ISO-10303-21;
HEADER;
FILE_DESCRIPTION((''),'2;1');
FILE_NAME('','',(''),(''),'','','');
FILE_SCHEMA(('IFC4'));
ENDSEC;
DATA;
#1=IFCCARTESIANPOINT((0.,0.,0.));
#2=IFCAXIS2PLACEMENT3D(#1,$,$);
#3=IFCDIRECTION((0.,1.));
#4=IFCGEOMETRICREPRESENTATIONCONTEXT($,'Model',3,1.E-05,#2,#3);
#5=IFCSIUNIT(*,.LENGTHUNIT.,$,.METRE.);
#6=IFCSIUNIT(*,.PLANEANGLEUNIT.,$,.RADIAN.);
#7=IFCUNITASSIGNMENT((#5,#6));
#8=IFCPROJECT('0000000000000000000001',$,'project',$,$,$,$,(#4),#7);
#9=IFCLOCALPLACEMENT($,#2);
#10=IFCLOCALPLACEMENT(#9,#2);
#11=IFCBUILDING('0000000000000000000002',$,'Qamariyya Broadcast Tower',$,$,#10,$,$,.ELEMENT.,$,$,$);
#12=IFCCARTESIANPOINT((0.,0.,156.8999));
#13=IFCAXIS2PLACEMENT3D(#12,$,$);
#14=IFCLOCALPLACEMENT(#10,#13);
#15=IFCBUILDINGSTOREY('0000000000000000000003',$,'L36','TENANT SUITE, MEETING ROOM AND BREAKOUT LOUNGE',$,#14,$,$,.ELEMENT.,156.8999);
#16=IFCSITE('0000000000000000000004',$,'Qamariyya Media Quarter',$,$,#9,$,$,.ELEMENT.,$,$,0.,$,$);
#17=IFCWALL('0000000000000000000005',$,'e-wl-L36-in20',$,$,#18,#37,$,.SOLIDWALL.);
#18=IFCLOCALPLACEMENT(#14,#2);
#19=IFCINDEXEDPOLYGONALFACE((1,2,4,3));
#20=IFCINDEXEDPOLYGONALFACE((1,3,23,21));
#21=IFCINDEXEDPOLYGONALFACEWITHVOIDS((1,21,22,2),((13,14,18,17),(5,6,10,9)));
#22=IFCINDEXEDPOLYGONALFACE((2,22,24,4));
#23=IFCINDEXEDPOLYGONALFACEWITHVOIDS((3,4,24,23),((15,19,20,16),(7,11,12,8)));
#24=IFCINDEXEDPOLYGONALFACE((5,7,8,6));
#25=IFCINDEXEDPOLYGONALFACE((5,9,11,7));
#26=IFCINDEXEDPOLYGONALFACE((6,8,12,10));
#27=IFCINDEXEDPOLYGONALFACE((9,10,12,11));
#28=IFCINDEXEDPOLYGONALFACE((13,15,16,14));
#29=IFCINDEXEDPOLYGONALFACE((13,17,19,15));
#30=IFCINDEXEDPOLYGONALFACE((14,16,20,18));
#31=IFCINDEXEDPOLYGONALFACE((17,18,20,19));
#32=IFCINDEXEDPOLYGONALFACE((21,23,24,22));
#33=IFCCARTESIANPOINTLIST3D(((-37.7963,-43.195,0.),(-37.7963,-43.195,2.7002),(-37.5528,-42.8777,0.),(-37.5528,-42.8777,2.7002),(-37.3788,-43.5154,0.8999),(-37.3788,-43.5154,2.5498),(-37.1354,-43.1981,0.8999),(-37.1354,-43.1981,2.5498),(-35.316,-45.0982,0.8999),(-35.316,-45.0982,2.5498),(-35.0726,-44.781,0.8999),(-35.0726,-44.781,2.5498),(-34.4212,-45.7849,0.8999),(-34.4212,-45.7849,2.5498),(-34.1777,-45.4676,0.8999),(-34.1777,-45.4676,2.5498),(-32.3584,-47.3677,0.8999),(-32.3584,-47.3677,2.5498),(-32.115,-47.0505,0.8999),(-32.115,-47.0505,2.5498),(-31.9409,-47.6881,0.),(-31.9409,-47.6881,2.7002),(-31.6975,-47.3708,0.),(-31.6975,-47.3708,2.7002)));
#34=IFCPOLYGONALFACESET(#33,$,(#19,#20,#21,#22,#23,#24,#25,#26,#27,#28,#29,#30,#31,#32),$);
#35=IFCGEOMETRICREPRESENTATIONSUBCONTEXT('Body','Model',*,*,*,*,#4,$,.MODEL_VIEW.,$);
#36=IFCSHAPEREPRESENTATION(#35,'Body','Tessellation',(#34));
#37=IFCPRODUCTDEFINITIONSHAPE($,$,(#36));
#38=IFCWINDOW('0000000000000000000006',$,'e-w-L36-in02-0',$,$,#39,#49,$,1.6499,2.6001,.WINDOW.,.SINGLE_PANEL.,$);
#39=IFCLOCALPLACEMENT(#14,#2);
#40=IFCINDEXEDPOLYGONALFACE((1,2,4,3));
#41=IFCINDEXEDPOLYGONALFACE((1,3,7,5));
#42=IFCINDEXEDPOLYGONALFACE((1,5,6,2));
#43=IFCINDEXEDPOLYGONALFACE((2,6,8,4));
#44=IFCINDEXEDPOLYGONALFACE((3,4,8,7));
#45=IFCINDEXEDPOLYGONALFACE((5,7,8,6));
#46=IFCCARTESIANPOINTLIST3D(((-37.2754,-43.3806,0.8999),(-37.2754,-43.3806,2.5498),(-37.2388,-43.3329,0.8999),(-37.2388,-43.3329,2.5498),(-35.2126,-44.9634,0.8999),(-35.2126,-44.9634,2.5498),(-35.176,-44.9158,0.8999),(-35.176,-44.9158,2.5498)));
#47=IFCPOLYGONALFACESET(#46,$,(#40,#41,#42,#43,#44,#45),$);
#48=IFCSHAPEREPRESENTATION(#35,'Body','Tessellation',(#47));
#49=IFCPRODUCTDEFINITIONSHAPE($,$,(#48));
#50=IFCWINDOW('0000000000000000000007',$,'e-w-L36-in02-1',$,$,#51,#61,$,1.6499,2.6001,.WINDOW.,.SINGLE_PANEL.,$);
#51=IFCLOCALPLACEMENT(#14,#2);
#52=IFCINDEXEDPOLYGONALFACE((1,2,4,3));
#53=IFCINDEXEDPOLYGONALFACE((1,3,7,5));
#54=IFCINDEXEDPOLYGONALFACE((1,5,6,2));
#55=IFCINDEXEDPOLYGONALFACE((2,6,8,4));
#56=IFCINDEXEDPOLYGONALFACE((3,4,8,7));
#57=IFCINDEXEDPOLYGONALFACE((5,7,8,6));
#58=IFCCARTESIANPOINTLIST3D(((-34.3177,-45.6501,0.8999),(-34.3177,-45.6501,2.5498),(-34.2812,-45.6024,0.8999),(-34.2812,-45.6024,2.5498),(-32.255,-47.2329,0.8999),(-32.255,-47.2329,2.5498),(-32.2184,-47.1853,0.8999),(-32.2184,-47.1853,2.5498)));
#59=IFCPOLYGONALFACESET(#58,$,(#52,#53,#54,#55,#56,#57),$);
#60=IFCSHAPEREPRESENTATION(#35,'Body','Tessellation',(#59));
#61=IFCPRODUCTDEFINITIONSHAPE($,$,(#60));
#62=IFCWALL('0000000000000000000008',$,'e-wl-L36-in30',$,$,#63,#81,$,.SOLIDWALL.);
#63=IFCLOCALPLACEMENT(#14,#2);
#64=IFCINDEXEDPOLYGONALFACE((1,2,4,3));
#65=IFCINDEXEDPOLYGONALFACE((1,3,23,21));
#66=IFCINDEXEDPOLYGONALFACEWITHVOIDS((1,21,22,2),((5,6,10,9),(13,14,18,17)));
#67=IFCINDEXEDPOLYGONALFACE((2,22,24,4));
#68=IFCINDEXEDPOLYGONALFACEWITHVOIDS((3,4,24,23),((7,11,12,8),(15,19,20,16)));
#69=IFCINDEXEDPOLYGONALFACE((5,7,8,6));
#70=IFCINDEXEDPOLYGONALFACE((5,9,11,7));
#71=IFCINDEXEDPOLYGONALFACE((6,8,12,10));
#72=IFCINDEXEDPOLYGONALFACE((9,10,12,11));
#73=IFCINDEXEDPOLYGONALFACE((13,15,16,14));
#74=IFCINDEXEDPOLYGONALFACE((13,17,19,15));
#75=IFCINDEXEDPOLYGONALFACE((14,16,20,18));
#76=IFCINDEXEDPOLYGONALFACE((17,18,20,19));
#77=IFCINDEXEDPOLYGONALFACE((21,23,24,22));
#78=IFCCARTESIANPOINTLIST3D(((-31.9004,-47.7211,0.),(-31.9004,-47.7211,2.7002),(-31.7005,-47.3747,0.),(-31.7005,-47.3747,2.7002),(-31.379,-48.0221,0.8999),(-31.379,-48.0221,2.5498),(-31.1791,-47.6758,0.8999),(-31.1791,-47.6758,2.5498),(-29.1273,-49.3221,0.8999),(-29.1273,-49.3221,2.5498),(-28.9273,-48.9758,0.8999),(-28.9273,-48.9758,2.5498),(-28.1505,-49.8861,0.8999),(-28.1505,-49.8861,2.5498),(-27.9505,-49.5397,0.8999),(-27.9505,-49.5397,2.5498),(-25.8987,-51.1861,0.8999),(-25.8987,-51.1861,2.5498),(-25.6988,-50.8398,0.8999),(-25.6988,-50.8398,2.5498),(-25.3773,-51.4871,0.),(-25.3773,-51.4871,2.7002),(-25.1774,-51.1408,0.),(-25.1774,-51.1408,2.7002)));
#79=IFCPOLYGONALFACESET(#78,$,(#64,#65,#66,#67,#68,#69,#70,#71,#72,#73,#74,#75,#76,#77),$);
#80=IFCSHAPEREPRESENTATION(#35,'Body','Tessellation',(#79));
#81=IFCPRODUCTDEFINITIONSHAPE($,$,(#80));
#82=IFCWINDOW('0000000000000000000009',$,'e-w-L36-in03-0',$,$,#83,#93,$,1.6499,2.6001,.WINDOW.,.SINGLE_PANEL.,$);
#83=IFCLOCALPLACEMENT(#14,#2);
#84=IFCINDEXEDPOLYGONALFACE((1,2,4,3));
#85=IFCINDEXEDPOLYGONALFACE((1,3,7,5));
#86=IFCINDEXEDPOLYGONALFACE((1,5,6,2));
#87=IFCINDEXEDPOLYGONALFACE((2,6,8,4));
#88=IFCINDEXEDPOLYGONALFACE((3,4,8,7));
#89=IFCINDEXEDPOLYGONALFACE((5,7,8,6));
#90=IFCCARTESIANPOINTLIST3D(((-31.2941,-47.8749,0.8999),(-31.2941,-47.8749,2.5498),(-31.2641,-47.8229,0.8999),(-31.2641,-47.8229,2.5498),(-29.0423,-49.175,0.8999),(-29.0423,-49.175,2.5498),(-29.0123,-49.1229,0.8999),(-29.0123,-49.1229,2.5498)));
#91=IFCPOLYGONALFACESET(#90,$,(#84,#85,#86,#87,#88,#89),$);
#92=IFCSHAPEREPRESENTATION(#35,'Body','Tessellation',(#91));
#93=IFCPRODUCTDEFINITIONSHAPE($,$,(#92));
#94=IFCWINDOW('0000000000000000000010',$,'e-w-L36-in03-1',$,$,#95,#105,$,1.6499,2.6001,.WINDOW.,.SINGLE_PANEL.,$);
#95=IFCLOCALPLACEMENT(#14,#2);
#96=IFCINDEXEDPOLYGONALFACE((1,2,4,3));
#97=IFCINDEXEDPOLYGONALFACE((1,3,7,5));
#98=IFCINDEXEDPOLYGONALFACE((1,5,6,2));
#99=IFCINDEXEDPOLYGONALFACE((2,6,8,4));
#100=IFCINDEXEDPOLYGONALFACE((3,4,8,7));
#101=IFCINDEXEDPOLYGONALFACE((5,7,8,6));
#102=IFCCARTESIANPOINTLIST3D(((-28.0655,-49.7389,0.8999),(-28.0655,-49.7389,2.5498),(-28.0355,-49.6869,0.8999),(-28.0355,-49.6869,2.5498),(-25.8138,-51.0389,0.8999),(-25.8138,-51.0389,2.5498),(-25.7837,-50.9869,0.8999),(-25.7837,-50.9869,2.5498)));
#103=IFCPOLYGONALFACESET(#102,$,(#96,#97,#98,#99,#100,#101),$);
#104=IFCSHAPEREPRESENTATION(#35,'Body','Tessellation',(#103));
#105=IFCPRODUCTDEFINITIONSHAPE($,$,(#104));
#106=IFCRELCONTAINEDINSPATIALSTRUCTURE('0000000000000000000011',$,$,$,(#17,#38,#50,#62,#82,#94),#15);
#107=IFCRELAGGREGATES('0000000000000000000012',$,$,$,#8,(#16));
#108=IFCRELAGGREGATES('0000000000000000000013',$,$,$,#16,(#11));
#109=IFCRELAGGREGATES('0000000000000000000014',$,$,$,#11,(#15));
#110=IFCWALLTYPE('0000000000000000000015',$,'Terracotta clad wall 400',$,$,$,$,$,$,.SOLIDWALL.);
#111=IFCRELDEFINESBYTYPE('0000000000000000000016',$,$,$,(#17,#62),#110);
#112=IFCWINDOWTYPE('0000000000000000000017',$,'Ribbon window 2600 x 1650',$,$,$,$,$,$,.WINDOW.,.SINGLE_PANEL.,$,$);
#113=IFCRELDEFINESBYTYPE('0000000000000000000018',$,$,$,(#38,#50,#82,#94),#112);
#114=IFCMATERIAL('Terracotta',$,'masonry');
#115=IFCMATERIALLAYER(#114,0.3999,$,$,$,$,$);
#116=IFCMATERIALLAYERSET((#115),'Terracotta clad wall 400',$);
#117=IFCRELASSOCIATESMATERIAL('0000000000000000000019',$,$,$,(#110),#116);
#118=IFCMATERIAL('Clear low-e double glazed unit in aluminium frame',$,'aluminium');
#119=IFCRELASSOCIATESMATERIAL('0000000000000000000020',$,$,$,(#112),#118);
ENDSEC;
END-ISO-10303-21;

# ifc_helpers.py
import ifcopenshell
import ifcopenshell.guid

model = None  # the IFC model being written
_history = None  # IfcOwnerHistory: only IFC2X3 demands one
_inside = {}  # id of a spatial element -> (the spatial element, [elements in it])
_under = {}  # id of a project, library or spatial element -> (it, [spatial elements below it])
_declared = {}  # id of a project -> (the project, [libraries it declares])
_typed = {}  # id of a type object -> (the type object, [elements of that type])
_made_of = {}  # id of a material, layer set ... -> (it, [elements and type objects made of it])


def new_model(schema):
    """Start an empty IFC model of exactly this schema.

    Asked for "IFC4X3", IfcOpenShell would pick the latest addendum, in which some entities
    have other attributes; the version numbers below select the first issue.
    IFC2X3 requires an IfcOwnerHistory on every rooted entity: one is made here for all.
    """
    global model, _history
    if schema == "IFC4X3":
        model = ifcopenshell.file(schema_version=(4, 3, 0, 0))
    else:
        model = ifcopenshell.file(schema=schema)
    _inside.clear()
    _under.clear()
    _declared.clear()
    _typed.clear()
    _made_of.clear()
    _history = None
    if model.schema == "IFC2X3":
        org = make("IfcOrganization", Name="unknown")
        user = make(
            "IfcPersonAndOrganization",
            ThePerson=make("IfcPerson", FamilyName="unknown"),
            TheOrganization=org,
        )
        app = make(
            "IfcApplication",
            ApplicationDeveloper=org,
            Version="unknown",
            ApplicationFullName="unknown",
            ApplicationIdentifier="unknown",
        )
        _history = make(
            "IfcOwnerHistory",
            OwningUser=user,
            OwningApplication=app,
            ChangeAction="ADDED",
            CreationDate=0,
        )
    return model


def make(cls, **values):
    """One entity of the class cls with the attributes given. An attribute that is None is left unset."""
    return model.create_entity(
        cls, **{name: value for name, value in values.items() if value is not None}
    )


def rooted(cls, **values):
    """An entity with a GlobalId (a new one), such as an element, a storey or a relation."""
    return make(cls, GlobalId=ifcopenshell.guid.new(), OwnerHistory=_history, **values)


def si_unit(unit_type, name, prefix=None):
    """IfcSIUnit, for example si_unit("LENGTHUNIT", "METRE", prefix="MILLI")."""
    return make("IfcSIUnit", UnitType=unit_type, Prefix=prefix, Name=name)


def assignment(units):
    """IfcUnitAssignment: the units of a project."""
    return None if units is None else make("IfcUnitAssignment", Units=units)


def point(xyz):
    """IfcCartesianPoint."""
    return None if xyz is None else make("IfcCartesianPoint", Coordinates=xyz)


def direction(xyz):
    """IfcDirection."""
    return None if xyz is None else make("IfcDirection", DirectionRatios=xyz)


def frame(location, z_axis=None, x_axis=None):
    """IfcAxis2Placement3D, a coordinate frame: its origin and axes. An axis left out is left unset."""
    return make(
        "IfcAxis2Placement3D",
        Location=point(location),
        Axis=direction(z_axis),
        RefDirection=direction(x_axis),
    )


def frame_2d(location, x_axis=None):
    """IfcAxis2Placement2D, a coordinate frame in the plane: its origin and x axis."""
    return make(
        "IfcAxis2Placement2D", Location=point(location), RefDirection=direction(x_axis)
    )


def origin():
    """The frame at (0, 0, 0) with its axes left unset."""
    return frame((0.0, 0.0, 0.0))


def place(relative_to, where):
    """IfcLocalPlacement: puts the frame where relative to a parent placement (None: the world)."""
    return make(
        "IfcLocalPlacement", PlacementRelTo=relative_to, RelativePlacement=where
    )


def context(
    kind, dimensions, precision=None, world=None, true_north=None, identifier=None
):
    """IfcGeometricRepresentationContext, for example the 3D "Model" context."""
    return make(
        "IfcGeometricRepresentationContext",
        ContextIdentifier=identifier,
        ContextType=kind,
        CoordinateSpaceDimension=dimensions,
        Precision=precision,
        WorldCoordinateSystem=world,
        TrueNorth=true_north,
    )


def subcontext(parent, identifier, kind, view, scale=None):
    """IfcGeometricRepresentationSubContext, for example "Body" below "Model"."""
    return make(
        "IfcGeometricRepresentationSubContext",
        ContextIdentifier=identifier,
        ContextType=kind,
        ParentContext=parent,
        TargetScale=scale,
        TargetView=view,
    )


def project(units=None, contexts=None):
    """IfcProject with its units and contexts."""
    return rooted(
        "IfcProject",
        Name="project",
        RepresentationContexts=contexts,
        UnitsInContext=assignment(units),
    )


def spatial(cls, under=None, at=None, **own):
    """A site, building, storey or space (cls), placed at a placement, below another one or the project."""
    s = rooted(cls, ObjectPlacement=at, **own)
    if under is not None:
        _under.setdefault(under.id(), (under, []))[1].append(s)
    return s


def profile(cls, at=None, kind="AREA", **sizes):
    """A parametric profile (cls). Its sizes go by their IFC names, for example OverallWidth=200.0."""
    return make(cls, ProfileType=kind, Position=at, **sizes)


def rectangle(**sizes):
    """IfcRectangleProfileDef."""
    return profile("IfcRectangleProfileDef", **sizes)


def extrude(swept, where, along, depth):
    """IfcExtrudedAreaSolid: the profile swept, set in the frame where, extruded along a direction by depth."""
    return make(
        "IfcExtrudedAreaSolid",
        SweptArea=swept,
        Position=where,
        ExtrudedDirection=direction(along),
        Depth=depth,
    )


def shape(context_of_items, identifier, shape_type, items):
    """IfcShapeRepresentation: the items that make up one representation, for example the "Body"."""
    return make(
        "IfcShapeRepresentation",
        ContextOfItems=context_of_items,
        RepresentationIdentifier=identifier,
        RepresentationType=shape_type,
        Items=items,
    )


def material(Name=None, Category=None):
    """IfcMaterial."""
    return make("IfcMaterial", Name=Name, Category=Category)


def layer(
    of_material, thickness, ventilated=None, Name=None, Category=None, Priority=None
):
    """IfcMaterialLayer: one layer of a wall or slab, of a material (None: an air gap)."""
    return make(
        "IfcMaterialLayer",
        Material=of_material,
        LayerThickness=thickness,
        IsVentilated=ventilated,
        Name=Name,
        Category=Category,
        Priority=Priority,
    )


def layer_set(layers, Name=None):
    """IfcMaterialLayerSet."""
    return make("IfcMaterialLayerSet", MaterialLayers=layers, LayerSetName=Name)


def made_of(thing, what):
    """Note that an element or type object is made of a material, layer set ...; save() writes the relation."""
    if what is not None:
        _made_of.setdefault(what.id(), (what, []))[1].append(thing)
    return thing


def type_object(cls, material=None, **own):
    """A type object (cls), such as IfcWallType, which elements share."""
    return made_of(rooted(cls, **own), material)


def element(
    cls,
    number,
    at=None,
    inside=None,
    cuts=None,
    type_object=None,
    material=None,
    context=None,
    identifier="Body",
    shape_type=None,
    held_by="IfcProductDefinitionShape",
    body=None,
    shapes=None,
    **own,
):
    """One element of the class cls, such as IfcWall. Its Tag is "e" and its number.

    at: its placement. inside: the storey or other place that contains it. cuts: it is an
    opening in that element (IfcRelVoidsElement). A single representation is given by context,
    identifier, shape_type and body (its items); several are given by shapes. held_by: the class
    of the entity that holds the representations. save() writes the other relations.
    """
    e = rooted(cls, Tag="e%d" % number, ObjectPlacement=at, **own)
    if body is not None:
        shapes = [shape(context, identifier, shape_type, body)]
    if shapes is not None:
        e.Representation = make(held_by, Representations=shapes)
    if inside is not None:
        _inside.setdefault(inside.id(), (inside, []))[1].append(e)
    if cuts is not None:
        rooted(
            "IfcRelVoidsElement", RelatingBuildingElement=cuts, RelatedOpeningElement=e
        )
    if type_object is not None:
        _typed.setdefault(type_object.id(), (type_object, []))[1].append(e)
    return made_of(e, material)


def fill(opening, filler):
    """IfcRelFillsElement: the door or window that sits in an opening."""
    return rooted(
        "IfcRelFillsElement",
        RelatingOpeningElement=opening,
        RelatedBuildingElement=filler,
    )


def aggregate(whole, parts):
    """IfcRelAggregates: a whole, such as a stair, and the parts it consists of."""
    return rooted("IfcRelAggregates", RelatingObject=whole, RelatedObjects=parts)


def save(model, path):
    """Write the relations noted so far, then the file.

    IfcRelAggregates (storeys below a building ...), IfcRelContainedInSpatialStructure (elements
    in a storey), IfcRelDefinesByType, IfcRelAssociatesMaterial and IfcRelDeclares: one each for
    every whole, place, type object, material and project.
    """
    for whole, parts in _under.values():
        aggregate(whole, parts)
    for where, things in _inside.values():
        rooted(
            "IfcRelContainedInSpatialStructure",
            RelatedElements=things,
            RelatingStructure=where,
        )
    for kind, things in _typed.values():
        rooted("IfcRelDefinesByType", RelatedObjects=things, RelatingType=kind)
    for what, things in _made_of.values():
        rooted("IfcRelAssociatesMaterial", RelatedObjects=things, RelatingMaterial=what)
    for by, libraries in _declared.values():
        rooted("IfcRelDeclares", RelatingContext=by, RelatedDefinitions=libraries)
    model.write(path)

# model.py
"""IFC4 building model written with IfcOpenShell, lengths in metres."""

from ifc_helpers import new_model, si_unit, direction, frame, frame_2d, origin, place, context, subcontext, project, spatial, rectangle, extrude, material, layer, layer_set, type_object, element, fill, save


model = new_model("IFC4")

# Units and contexts
model_context = context("Model", 3, precision=1e-05, world=origin(), true_north=direction((0.0, 1.0)))
body_context = subcontext(model_context, "Body", "Model", "MODEL_VIEW")
ifc_project = project(units=[si_unit("LENGTHUNIT", "METRE"), si_unit("PLANEANGLEUNIT", "RADIAN")], contexts=[model_context])

# Site, building, storey
site_placement = place(None, origin())
site = spatial("IfcSite", under=ifc_project, at=site_placement, Name="Qamariyya Media Quarter", CompositionType="ELEMENT", RefElevation=0.0)
building_placement = place(site_placement, origin())
building = spatial("IfcBuilding", under=site, at=building_placement, Name="Qamariyya Broadcast Tower", CompositionType="ELEMENT")
storey_placement = place(building_placement, frame((0.0, 0.0, 156.8999)))
storey = spatial("IfcBuildingStorey", under=building, at=storey_placement, Name="L36", Description="TENANT SUITE, MEETING ROOM AND BREAKOUT LOUNGE", CompositionType="ELEMENT", Elevation=156.8999)

# Walls, openings, windows
ifc_material_1 = material(Name="Terracotta", Category="masonry")
ifc_layer_1 = layer(ifc_material_1, 0.3999)
ifc_layer_set_1 = layer_set([ifc_layer_1], Name="Terracotta clad wall 400")
wall_type = type_object("IfcWallType", Name="Terracotta clad wall 400", PredefinedType="SOLIDWALL", material=ifc_layer_set_1)
ifc_material_2 = material(Name="Clear low-e double glazed unit in aluminium frame", Category="aluminium")
window_type = type_object("IfcWindowType", Name="Ribbon window 2600 x 1650", PartitioningType="SINGLE_PANEL", PredefinedType="WINDOW", material=ifc_material_2)
wall_1_placement = place(storey_placement, frame((-31.8191, -47.5295, 0.0), z_axis=(0.0, 0.0, 1.0), x_axis=(-0.793346, 0.60877, 0.0)))
wall_1 = element("IfcWall", 1, at=wall_1_placement, inside=storey, type_object=wall_type, Name="e-wl-L36-in20", PredefinedType="SOLIDWALL", context=body_context, shape_type="SweptSolid", body=[
    extrude(rectangle(XDim=7.3806, YDim=0.3999, at=frame_2d((3.6904, 0.0))), origin(), (0.0, 0.0, 1.0), 2.7002),
])
opening_1_placement = place(wall_1_placement, frame((4.2544, 0.0, 0.8999)))
opening_1 = element("IfcOpeningElement", 2, at=opening_1_placement, cuts=wall_1, PredefinedType="OPENING", context=body_context, shape_type="SweptSolid", body=[
    extrude(rectangle(XDim=2.6001, YDim=1.6499, at=frame_2d((1.3, 0.825))), frame((0.0, 0.21, 0.0), z_axis=(0.0, -1.0, 0.0), x_axis=(1.0, 0.0, 0.0)), (0.0, 0.0, 1.0), 0.4199),
])
opening_2_placement = place(wall_1_placement, frame((0.5264, 0.0, 0.8999)))
opening_2 = element("IfcOpeningElement", 3, at=opening_2_placement, cuts=wall_1, PredefinedType="OPENING", context=body_context, shape_type="SweptSolid", body=[
    extrude(rectangle(XDim=2.6001, YDim=1.6499, at=frame_2d((1.3, 0.825))), frame((0.0, 0.21, 0.0), z_axis=(0.0, -1.0, 0.0), x_axis=(1.0, 0.0, 0.0)), (0.0, 0.0, 1.0), 0.4199),
])
window_1_placement = place(opening_1_placement, origin())
window_1 = element("IfcWindow", 4, at=window_1_placement, inside=storey, type_object=window_type, Name="e-w-L36-in02-0", OverallHeight=1.6499, OverallWidth=2.6001, PartitioningType="SINGLE_PANEL", PredefinedType="WINDOW", context=body_context, shape_type="SweptSolid", body=[
    extrude(rectangle(XDim=2.6001, YDim=1.6499, at=frame_2d((1.3, 0.825))), frame((0.0, 0.03, 0.0), z_axis=(0.0, -1.0, 0.0), x_axis=(1.0, 0.0, 0.0)), (0.0, 0.0, 1.0), 0.0601),
])
fill(opening_1, window_1)
window_2_placement = place(opening_2_placement, origin())
window_2 = element("IfcWindow", 5, at=window_2_placement, inside=storey, type_object=window_type, Name="e-w-L36-in02-1", OverallHeight=1.6499, OverallWidth=2.6001, PartitioningType="SINGLE_PANEL", PredefinedType="WINDOW", context=body_context, shape_type="SweptSolid", body=[
    extrude(rectangle(XDim=2.6001, YDim=1.6499, at=frame_2d((1.3, 0.825))), frame((0.0, 0.03, 0.0), z_axis=(0.0, -1.0, 0.0), x_axis=(1.0, 0.0, 0.0)), (0.0, 0.0, 1.0), 0.0601),
])
fill(opening_2, window_2)
wall_2_placement = place(storey_placement, frame((-25.2773, -51.314, 0.0), z_axis=(0.0, 0.0, 1.0), x_axis=(-0.866029, 0.499995, 0.0)))
wall_2 = element("IfcWall", 6, at=wall_2_placement, inside=storey, type_object=wall_type, Name="e-wl-L36-in30", PredefinedType="SOLIDWALL", context=body_context, shape_type="SweptSolid", body=[
    extrude(rectangle(XDim=7.5322, YDim=0.3999, at=frame_2d((3.7661, 0.0))), origin(), (0.0, 0.0, 1.0), 2.7002),
])
opening_3_placement = place(wall_2_placement, frame((4.3301, 0.0, 0.8999)))
opening_3 = element("IfcOpeningElement", 7, at=opening_3_placement, cuts=wall_2, PredefinedType="OPENING", context=body_context, shape_type="SweptSolid", body=[
    extrude(rectangle(XDim=2.6001, YDim=1.6499, at=frame_2d((1.3, 0.825))), frame((0.0, 0.21, 0.0), z_axis=(0.0, -1.0, 0.0), x_axis=(1.0, 0.0, 0.0)), (0.0, 0.0, 1.0), 0.4199),
])
opening_4_placement = place(wall_2_placement, frame((0.6021, 0.0, 0.8999)))
opening_4 = element("IfcOpeningElement", 8, at=opening_4_placement, cuts=wall_2, PredefinedType="OPENING", context=body_context, shape_type="SweptSolid", body=[
    extrude(rectangle(XDim=2.6001, YDim=1.6499, at=frame_2d((1.3, 0.825))), frame((0.0, 0.21, 0.0), z_axis=(0.0, -1.0, 0.0), x_axis=(1.0, 0.0, 0.0)), (0.0, 0.0, 1.0), 0.4199),
])
window_3_placement = place(opening_3_placement, origin())
window_3 = element("IfcWindow", 9, at=window_3_placement, inside=storey, type_object=window_type, Name="e-w-L36-in03-0", OverallHeight=1.6499, OverallWidth=2.6001, PartitioningType="SINGLE_PANEL", PredefinedType="WINDOW", context=body_context, shape_type="SweptSolid", body=[
    extrude(rectangle(XDim=2.6001, YDim=1.6499, at=frame_2d((1.3, 0.825))), frame((0.0, 0.03, 0.0), z_axis=(0.0, -1.0, 0.0), x_axis=(1.0, 0.0, 0.0)), (0.0, 0.0, 1.0), 0.0601),
])
fill(opening_3, window_3)
window_4_placement = place(opening_4_placement, origin())
window_4 = element("IfcWindow", 10, at=window_4_placement, inside=storey, type_object=window_type, Name="e-w-L36-in03-1", OverallHeight=1.6499, OverallWidth=2.6001, PartitioningType="SINGLE_PANEL", PredefinedType="WINDOW", context=body_context, shape_type="SweptSolid", body=[
    extrude(rectangle(XDim=2.6001, YDim=1.6499, at=frame_2d((1.3, 0.825))), frame((0.0, 0.03, 0.0), z_axis=(0.0, -1.0, 0.0), x_axis=(1.0, 0.0, 0.0)), (0.0, 0.0, 1.0), 0.0601),
])
fill(opening_4, window_4)

save(model, "model.ifc")
